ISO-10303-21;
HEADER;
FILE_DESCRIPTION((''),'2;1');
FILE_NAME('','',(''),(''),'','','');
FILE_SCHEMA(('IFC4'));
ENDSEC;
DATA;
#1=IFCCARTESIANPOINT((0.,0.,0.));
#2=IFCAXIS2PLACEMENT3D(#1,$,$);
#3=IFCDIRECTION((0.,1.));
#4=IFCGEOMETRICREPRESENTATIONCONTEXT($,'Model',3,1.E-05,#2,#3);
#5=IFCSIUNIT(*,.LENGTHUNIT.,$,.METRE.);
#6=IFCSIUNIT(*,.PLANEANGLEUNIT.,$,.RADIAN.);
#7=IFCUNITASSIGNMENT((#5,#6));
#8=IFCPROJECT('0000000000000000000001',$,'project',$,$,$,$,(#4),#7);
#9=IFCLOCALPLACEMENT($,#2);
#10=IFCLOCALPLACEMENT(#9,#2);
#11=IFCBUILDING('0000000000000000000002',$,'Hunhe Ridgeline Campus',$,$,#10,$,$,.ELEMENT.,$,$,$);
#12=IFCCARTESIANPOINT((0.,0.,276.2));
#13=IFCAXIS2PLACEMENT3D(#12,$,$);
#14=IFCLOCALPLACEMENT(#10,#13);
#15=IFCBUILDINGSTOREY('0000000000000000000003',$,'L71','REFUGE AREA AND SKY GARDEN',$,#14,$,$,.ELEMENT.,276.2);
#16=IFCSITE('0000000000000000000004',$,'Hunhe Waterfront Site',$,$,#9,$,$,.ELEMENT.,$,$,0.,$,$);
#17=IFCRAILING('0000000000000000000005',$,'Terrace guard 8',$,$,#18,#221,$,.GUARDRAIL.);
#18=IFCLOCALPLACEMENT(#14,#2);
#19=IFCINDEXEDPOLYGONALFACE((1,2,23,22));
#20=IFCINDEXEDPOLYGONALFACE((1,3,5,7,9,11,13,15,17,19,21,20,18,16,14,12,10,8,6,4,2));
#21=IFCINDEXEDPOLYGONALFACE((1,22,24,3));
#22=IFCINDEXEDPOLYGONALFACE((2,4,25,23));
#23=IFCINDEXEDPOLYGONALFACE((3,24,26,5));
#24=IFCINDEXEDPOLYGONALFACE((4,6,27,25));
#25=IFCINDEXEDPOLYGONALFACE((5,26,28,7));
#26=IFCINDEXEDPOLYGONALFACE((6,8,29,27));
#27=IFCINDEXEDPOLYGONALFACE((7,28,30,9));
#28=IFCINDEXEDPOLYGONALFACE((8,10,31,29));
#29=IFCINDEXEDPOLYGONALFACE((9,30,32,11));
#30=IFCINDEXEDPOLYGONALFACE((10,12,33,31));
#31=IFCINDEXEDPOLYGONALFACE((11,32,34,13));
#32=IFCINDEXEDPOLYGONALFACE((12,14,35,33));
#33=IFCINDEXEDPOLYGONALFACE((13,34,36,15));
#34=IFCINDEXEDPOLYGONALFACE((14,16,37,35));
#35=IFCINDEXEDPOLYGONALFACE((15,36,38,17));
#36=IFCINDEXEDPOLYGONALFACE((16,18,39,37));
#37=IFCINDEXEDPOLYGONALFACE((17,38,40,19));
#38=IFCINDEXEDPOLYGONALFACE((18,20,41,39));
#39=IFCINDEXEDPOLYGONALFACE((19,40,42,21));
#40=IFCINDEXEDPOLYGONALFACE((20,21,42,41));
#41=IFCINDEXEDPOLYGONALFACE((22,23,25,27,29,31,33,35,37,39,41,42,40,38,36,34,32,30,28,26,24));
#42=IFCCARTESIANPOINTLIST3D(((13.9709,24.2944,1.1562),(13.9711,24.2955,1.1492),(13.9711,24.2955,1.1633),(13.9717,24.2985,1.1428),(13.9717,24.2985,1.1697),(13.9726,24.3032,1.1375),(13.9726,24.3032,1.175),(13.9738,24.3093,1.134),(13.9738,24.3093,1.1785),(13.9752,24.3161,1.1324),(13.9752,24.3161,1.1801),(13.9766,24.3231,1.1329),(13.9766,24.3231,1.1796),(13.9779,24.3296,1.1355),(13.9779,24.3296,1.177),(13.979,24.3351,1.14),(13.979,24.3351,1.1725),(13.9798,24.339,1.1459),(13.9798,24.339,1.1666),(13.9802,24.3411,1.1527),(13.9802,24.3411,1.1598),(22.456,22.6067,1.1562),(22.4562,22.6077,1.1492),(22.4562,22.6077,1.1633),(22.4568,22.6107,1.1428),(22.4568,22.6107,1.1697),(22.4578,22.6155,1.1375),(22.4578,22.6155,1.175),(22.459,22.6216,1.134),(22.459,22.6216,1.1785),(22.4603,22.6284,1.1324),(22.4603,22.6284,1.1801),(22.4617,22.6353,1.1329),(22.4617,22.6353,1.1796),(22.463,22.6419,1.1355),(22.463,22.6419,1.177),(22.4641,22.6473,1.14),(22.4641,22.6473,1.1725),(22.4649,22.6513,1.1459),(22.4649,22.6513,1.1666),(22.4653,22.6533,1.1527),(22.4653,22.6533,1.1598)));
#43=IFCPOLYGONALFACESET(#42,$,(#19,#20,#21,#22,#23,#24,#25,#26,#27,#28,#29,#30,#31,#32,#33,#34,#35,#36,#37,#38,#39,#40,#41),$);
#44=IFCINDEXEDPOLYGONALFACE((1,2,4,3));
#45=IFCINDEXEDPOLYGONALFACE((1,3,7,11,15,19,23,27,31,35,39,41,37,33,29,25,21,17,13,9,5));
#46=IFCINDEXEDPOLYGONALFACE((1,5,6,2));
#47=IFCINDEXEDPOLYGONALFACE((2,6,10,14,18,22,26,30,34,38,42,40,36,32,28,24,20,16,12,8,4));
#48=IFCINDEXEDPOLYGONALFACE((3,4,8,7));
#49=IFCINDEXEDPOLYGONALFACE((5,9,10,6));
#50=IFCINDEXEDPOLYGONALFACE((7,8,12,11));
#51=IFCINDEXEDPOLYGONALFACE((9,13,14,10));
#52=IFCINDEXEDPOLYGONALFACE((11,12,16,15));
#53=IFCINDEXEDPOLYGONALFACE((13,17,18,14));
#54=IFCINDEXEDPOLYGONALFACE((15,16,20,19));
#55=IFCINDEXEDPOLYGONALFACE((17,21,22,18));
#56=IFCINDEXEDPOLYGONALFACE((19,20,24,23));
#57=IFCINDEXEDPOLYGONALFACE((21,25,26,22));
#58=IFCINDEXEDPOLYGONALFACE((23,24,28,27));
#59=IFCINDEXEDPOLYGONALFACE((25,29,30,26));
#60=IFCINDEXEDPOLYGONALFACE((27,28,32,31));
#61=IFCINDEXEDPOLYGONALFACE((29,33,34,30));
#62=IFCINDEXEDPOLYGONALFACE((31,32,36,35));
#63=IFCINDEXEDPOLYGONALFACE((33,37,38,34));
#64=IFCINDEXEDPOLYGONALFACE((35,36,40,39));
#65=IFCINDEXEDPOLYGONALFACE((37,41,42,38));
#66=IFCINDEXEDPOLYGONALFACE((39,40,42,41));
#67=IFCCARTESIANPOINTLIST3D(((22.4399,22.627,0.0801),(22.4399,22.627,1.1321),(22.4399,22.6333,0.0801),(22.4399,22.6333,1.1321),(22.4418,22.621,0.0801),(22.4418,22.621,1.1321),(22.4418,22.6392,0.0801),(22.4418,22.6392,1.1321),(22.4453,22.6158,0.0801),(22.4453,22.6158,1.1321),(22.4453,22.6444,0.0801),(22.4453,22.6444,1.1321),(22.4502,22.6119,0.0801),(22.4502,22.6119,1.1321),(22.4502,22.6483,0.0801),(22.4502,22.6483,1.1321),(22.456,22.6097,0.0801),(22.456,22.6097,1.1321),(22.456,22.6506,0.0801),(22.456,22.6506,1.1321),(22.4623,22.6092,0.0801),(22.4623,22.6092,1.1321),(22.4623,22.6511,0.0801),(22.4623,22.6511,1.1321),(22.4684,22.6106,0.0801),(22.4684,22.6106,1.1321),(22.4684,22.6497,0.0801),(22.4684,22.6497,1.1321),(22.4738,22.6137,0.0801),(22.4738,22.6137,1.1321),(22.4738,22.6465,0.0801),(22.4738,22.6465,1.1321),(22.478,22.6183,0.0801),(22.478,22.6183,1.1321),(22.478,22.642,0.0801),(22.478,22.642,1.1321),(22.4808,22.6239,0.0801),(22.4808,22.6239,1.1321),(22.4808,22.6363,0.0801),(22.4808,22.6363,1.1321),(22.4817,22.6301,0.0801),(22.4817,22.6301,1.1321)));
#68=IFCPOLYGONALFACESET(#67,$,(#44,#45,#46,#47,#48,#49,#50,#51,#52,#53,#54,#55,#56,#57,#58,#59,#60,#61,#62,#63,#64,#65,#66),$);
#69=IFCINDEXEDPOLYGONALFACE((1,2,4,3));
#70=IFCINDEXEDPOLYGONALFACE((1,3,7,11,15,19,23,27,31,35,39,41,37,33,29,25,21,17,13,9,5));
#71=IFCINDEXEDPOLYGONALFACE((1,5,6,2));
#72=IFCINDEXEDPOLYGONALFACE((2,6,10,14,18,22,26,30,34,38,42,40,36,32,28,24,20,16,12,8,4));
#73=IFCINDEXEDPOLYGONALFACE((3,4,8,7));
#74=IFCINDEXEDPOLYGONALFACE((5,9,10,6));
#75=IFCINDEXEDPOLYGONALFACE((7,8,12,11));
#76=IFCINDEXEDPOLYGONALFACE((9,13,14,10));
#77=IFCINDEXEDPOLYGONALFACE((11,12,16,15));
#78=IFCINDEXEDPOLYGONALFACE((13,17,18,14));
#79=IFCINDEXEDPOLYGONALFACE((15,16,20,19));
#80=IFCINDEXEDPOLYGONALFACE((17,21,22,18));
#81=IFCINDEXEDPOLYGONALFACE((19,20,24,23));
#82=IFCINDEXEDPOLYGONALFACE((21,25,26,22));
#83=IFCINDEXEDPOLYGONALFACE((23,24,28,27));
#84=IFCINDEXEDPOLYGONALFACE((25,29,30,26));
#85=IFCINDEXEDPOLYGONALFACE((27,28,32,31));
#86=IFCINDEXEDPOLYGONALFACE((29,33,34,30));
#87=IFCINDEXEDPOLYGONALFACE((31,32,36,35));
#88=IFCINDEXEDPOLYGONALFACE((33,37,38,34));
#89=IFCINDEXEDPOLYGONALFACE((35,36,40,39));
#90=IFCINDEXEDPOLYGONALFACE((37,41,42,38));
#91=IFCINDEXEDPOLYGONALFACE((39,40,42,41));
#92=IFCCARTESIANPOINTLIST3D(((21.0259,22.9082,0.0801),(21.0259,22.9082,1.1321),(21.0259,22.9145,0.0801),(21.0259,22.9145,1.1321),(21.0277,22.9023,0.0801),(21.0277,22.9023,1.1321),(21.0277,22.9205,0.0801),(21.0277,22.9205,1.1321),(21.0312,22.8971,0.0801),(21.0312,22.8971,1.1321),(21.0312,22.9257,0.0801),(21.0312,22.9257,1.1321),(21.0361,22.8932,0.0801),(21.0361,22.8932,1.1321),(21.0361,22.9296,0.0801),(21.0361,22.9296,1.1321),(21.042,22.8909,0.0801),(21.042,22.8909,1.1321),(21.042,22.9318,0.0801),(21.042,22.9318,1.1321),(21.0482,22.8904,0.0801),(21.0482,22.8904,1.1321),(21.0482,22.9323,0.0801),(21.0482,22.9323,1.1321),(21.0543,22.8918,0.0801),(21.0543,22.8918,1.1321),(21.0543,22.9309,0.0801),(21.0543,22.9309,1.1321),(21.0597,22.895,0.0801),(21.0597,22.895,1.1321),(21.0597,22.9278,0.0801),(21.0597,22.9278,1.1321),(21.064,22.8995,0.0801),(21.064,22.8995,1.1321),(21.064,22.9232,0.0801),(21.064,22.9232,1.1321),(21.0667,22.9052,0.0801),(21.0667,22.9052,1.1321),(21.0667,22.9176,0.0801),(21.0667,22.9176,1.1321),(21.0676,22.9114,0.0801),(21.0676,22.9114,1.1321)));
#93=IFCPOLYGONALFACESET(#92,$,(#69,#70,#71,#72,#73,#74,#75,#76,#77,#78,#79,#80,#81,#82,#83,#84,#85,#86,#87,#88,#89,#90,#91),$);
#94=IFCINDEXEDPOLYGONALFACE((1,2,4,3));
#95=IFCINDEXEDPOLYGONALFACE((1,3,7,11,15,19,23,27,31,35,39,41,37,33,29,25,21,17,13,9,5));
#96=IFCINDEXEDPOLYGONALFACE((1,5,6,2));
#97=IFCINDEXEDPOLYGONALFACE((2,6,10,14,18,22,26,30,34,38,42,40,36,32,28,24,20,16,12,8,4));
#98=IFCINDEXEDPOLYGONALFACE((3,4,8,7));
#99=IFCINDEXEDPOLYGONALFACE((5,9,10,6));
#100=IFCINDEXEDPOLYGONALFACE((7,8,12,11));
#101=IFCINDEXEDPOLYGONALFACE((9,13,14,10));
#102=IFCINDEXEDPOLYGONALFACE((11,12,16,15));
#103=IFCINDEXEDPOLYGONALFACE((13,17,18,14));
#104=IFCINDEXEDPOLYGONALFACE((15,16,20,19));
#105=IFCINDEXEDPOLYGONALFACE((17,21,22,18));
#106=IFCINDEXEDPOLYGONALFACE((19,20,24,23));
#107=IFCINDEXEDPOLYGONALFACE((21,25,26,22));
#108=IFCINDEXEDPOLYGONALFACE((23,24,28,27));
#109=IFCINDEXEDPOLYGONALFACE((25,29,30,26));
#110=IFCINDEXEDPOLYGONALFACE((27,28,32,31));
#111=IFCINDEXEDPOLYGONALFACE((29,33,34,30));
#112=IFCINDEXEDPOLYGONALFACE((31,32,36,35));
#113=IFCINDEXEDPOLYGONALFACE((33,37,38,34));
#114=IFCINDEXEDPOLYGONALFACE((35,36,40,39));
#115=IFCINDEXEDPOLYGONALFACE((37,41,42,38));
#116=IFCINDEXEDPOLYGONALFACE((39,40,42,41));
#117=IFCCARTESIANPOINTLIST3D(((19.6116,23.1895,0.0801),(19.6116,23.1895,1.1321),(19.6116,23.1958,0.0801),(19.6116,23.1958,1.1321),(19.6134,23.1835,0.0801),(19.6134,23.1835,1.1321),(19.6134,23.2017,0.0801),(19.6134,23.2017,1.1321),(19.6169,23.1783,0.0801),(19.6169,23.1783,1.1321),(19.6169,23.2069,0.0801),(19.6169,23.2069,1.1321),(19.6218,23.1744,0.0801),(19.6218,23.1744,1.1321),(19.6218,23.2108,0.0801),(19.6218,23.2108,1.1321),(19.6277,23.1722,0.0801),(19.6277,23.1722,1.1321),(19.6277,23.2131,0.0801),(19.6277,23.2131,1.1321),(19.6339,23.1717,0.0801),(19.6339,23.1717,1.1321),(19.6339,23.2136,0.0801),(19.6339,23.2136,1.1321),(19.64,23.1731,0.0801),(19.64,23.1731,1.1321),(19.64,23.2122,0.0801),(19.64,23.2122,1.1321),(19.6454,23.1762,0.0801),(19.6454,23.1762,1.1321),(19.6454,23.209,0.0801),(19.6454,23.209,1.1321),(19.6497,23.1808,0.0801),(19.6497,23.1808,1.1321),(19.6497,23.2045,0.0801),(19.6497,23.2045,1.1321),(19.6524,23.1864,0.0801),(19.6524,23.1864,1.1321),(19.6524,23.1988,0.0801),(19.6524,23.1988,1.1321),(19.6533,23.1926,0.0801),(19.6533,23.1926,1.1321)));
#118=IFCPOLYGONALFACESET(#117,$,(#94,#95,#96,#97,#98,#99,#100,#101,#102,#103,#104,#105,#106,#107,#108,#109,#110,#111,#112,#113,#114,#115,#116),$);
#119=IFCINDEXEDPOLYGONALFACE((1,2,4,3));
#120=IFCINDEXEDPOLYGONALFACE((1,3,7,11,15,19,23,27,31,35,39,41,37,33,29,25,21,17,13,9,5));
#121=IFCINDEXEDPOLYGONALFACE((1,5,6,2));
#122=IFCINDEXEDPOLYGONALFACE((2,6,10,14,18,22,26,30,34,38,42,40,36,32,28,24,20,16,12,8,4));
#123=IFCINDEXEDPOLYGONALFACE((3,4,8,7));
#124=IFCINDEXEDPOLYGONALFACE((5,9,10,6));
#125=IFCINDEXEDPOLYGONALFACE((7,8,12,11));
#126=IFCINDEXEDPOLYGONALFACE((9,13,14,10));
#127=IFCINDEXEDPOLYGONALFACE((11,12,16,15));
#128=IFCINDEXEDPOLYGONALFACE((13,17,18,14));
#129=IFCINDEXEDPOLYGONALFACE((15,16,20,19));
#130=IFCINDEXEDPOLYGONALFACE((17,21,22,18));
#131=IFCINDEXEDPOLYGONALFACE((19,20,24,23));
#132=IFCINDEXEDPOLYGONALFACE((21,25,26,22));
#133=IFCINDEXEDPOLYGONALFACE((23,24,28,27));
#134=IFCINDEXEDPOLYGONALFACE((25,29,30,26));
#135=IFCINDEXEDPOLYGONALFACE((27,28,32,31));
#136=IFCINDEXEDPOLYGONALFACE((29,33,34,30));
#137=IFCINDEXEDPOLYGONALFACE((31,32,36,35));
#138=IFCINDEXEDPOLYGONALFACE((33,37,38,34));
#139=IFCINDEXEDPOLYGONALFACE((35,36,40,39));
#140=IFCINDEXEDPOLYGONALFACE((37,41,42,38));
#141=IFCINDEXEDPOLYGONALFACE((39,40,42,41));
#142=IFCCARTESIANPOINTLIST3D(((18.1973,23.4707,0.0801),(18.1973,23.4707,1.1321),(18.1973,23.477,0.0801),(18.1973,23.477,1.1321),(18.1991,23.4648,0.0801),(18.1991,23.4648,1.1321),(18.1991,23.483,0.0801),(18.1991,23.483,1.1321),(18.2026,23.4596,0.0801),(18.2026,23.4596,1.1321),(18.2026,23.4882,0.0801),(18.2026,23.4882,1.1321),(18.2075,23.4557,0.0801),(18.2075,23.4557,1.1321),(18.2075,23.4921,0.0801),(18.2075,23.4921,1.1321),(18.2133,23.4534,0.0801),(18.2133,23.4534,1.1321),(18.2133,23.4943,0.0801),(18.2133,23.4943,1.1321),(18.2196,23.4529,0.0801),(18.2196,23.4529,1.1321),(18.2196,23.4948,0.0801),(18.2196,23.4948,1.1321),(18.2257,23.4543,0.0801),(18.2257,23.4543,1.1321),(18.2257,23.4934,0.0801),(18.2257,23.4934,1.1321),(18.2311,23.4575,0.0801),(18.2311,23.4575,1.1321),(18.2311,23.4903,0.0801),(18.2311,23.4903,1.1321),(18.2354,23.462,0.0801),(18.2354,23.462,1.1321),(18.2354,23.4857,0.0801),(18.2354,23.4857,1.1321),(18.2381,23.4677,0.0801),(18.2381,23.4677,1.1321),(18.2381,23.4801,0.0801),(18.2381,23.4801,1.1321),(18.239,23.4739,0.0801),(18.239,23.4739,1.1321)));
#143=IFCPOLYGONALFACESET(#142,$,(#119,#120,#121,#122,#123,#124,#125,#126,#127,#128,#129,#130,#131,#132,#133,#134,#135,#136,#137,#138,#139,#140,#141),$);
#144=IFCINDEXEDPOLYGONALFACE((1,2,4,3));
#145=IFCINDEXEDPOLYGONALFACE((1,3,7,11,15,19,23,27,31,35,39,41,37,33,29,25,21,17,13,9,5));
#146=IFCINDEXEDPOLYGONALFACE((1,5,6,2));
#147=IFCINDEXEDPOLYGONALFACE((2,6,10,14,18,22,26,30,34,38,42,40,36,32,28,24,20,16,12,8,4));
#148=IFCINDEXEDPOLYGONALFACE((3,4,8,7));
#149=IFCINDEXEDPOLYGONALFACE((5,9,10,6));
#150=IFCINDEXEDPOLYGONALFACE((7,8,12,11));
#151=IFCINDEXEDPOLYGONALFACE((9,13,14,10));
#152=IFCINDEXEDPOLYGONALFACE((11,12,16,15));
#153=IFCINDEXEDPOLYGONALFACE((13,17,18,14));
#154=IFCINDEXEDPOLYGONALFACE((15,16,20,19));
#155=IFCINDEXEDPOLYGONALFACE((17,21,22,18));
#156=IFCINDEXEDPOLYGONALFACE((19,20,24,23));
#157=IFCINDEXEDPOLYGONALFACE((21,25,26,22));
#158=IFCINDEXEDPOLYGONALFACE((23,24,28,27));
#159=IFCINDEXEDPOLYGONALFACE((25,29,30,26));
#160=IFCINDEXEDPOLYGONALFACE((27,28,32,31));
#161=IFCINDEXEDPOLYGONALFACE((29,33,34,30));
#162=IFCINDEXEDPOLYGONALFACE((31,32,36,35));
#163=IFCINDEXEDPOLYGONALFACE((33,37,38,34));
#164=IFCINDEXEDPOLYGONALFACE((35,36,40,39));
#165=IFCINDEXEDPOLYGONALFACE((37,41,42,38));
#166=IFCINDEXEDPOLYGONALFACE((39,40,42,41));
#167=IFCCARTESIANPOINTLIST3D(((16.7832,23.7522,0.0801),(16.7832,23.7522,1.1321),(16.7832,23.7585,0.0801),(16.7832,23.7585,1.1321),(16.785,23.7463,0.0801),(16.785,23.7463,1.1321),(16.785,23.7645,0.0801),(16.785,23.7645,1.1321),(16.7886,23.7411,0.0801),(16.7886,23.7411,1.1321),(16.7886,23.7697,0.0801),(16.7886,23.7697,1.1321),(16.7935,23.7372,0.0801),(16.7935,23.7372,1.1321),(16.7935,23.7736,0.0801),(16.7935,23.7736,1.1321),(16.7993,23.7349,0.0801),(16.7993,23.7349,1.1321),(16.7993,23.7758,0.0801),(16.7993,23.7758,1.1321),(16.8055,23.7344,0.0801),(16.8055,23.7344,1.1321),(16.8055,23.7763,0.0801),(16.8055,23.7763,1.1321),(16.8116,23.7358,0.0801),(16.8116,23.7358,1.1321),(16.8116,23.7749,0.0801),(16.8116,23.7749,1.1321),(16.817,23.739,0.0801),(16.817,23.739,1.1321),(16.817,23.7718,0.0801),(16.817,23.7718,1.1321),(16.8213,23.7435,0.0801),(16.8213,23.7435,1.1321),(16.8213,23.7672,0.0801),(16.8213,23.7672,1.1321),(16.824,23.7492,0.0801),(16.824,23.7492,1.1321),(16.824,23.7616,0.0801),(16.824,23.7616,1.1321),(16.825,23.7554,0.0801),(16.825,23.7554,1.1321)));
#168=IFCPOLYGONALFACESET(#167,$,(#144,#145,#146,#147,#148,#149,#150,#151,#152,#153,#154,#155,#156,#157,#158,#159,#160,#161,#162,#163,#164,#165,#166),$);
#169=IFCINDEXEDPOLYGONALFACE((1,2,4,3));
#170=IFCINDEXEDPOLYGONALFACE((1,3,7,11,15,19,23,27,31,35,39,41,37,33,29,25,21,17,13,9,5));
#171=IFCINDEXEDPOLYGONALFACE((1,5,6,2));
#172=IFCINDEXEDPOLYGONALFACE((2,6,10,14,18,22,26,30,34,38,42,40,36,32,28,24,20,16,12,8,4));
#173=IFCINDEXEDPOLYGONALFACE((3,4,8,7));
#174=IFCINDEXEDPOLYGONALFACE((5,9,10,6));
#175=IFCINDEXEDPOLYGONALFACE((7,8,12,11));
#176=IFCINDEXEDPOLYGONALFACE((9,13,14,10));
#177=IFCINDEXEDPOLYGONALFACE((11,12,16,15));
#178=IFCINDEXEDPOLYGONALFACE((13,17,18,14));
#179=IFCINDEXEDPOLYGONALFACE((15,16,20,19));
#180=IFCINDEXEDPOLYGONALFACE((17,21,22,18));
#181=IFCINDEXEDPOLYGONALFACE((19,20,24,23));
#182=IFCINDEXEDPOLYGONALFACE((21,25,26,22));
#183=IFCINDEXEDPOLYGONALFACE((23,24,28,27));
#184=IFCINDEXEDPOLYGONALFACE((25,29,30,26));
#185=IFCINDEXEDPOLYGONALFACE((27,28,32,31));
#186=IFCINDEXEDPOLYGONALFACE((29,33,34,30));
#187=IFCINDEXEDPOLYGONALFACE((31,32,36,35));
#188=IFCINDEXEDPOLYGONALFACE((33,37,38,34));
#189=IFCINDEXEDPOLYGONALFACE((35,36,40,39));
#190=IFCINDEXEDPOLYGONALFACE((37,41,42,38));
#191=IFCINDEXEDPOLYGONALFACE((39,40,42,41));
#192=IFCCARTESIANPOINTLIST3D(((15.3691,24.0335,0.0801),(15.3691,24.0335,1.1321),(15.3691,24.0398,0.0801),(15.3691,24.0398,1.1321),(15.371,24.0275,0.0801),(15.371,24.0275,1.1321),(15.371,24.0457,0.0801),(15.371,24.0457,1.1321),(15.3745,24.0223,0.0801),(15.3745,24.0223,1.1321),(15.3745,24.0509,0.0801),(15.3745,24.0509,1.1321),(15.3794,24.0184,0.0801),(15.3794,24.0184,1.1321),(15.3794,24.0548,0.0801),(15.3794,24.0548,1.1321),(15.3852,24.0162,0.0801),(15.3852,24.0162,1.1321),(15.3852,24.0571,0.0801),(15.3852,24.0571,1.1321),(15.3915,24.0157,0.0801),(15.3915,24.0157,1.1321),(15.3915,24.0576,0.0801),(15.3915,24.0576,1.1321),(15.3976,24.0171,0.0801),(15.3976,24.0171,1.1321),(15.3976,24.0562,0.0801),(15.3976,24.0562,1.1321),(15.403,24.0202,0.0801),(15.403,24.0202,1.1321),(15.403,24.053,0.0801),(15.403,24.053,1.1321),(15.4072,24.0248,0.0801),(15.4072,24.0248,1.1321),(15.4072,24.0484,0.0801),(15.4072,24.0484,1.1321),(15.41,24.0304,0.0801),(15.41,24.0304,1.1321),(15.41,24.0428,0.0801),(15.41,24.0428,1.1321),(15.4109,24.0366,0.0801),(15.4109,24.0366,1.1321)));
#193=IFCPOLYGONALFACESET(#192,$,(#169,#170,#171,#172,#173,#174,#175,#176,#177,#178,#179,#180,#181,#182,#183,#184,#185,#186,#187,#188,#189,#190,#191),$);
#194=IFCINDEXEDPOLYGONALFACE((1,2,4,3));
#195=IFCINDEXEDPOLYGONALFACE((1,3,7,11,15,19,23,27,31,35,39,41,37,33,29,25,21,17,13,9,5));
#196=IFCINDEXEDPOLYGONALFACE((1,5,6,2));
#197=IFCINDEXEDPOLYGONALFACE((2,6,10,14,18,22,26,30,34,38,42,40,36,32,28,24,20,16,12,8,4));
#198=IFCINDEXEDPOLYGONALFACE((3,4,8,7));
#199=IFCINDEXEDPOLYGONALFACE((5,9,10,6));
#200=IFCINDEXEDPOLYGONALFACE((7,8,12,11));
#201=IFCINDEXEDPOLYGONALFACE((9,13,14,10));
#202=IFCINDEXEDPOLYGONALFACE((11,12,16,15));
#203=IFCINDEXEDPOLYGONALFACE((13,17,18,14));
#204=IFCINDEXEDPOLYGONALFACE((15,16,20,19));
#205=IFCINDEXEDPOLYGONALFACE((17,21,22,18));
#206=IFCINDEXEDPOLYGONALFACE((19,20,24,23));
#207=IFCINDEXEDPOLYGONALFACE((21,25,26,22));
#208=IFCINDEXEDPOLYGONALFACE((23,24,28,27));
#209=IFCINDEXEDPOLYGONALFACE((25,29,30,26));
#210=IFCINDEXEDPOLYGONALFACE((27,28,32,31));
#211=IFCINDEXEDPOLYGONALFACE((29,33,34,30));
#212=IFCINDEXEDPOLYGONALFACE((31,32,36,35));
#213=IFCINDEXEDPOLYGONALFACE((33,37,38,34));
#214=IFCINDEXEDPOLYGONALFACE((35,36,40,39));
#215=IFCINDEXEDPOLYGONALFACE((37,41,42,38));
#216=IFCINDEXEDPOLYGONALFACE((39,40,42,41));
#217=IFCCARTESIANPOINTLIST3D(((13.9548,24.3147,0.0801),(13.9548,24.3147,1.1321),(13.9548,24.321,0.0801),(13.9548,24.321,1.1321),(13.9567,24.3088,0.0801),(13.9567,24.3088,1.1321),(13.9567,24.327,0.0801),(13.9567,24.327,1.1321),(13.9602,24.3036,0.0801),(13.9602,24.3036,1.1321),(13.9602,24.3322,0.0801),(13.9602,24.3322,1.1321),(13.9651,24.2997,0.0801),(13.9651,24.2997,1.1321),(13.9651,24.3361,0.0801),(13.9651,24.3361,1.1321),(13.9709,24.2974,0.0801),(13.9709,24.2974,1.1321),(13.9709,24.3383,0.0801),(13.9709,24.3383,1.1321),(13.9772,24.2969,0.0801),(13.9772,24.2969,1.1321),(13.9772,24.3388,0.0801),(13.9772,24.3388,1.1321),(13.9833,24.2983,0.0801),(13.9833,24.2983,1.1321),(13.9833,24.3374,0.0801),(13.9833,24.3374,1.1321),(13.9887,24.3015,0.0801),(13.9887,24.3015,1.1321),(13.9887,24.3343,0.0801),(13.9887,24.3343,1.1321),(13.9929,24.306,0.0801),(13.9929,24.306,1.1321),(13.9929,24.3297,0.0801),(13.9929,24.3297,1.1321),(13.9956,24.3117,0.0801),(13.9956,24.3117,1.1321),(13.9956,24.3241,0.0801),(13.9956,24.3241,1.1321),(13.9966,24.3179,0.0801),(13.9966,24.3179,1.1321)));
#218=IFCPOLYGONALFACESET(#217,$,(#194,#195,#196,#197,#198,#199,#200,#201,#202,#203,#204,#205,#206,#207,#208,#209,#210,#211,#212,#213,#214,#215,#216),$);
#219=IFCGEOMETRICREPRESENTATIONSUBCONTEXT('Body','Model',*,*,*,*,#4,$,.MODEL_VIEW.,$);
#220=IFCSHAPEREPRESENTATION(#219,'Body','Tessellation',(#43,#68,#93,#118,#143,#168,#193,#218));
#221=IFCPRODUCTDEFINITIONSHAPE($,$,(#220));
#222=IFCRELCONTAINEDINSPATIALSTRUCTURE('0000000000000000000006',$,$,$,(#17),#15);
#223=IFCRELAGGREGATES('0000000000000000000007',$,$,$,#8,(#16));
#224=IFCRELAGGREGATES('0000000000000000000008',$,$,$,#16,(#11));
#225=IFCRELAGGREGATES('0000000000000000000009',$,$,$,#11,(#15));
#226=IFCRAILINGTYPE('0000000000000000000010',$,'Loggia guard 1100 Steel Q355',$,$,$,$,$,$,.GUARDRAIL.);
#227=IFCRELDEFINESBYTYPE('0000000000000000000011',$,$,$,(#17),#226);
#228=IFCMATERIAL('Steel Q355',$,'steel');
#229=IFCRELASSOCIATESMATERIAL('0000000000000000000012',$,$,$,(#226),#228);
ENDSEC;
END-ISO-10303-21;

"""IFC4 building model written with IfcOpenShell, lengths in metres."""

from ifc_helpers import new_model, si_unit, direction, frame, origin, origin_2d, place, context, subcontext, project, spatial, circle, extrude, material, type_object, element, save


model = new_model("IFC4")

# Units and contexts
model_context = context("Model", 3, precision=1e-05, world=origin(), true_north=direction((0.0, 1.0)))
body_context = subcontext(model_context, "Body", "Model", "MODEL_VIEW")
ifc_project = project(units=[si_unit("LENGTHUNIT", "METRE"), si_unit("PLANEANGLEUNIT", "RADIAN")], contexts=[model_context])

# Site, building, storey
site_placement = place(None, origin())
site = spatial("IfcSite", under=ifc_project, at=site_placement, Name="Hunhe Waterfront Site", CompositionType="ELEMENT", RefElevation=0.0)
building_placement = place(site_placement, origin())
building = spatial("IfcBuilding", under=site, at=building_placement, Name="Hunhe Ridgeline Campus", CompositionType="ELEMENT")
storey_placement = place(building_placement, frame((0.0, 0.0, 276.2)))
storey = spatial("IfcBuildingStorey", under=building, at=storey_placement, Name="L71", Description="REFUGE AREA AND SKY GARDEN", CompositionType="ELEMENT", Elevation=276.2)

# Railing
ifc_material_1 = material(Name="Steel Q355", Category="steel")
railing_type_1 = type_object("IfcRailingType", Name="Loggia guard 1100 Steel Q355", PredefinedType="GUARDRAIL", material=ifc_material_1)
railing_1_placement = place(storey_placement, frame((22.4607, 22.6301, 0.0801)))
element("IfcRailing", 1, at=railing_1_placement, inside=storey, type_object=railing_type_1, Name="Terrace guard 8", PredefinedType="GUARDRAIL", context=body_context, shape_type="SweptSolid", body=[
    extrude(circle(Radius=0.0239, at=origin_2d()), frame((0.0, 0.0, 1.0762), z_axis=(-0.980786, 0.195085, 0.0), x_axis=(-0.195085, -0.980786, 0.0)), (0.0, 0.0, 1.0), 8.6514),
    extrude(circle(Radius=0.021, at=origin_2d()), origin(), (0.0, 0.0, 1.0), 1.052),
    extrude(circle(Radius=0.021, at=origin_2d()), frame((-1.4141, 0.2812, 0.0)), (0.0, 0.0, 1.0), 1.052),
    extrude(circle(Radius=0.021, at=origin_2d()), frame((-2.8284, 0.5625, 0.0)), (0.0, 0.0, 1.0), 1.052),
    extrude(circle(Radius=0.021, at=origin_2d()), frame((-4.2427, 0.8438, 0.0)), (0.0, 0.0, 1.0), 1.052),
    extrude(circle(Radius=0.021, at=origin_2d()), frame((-5.6567, 1.1252, 0.0)), (0.0, 0.0, 1.0), 1.052),
    extrude(circle(Radius=0.021, at=origin_2d()), frame((-7.0708, 1.4065, 0.0)), (0.0, 0.0, 1.0), 1.052),
    extrude(circle(Radius=0.021, at=origin_2d()), frame((-8.4851, 1.6877, 0.0)), (0.0, 0.0, 1.0), 1.052),
])

save(model, "model.ifc")
